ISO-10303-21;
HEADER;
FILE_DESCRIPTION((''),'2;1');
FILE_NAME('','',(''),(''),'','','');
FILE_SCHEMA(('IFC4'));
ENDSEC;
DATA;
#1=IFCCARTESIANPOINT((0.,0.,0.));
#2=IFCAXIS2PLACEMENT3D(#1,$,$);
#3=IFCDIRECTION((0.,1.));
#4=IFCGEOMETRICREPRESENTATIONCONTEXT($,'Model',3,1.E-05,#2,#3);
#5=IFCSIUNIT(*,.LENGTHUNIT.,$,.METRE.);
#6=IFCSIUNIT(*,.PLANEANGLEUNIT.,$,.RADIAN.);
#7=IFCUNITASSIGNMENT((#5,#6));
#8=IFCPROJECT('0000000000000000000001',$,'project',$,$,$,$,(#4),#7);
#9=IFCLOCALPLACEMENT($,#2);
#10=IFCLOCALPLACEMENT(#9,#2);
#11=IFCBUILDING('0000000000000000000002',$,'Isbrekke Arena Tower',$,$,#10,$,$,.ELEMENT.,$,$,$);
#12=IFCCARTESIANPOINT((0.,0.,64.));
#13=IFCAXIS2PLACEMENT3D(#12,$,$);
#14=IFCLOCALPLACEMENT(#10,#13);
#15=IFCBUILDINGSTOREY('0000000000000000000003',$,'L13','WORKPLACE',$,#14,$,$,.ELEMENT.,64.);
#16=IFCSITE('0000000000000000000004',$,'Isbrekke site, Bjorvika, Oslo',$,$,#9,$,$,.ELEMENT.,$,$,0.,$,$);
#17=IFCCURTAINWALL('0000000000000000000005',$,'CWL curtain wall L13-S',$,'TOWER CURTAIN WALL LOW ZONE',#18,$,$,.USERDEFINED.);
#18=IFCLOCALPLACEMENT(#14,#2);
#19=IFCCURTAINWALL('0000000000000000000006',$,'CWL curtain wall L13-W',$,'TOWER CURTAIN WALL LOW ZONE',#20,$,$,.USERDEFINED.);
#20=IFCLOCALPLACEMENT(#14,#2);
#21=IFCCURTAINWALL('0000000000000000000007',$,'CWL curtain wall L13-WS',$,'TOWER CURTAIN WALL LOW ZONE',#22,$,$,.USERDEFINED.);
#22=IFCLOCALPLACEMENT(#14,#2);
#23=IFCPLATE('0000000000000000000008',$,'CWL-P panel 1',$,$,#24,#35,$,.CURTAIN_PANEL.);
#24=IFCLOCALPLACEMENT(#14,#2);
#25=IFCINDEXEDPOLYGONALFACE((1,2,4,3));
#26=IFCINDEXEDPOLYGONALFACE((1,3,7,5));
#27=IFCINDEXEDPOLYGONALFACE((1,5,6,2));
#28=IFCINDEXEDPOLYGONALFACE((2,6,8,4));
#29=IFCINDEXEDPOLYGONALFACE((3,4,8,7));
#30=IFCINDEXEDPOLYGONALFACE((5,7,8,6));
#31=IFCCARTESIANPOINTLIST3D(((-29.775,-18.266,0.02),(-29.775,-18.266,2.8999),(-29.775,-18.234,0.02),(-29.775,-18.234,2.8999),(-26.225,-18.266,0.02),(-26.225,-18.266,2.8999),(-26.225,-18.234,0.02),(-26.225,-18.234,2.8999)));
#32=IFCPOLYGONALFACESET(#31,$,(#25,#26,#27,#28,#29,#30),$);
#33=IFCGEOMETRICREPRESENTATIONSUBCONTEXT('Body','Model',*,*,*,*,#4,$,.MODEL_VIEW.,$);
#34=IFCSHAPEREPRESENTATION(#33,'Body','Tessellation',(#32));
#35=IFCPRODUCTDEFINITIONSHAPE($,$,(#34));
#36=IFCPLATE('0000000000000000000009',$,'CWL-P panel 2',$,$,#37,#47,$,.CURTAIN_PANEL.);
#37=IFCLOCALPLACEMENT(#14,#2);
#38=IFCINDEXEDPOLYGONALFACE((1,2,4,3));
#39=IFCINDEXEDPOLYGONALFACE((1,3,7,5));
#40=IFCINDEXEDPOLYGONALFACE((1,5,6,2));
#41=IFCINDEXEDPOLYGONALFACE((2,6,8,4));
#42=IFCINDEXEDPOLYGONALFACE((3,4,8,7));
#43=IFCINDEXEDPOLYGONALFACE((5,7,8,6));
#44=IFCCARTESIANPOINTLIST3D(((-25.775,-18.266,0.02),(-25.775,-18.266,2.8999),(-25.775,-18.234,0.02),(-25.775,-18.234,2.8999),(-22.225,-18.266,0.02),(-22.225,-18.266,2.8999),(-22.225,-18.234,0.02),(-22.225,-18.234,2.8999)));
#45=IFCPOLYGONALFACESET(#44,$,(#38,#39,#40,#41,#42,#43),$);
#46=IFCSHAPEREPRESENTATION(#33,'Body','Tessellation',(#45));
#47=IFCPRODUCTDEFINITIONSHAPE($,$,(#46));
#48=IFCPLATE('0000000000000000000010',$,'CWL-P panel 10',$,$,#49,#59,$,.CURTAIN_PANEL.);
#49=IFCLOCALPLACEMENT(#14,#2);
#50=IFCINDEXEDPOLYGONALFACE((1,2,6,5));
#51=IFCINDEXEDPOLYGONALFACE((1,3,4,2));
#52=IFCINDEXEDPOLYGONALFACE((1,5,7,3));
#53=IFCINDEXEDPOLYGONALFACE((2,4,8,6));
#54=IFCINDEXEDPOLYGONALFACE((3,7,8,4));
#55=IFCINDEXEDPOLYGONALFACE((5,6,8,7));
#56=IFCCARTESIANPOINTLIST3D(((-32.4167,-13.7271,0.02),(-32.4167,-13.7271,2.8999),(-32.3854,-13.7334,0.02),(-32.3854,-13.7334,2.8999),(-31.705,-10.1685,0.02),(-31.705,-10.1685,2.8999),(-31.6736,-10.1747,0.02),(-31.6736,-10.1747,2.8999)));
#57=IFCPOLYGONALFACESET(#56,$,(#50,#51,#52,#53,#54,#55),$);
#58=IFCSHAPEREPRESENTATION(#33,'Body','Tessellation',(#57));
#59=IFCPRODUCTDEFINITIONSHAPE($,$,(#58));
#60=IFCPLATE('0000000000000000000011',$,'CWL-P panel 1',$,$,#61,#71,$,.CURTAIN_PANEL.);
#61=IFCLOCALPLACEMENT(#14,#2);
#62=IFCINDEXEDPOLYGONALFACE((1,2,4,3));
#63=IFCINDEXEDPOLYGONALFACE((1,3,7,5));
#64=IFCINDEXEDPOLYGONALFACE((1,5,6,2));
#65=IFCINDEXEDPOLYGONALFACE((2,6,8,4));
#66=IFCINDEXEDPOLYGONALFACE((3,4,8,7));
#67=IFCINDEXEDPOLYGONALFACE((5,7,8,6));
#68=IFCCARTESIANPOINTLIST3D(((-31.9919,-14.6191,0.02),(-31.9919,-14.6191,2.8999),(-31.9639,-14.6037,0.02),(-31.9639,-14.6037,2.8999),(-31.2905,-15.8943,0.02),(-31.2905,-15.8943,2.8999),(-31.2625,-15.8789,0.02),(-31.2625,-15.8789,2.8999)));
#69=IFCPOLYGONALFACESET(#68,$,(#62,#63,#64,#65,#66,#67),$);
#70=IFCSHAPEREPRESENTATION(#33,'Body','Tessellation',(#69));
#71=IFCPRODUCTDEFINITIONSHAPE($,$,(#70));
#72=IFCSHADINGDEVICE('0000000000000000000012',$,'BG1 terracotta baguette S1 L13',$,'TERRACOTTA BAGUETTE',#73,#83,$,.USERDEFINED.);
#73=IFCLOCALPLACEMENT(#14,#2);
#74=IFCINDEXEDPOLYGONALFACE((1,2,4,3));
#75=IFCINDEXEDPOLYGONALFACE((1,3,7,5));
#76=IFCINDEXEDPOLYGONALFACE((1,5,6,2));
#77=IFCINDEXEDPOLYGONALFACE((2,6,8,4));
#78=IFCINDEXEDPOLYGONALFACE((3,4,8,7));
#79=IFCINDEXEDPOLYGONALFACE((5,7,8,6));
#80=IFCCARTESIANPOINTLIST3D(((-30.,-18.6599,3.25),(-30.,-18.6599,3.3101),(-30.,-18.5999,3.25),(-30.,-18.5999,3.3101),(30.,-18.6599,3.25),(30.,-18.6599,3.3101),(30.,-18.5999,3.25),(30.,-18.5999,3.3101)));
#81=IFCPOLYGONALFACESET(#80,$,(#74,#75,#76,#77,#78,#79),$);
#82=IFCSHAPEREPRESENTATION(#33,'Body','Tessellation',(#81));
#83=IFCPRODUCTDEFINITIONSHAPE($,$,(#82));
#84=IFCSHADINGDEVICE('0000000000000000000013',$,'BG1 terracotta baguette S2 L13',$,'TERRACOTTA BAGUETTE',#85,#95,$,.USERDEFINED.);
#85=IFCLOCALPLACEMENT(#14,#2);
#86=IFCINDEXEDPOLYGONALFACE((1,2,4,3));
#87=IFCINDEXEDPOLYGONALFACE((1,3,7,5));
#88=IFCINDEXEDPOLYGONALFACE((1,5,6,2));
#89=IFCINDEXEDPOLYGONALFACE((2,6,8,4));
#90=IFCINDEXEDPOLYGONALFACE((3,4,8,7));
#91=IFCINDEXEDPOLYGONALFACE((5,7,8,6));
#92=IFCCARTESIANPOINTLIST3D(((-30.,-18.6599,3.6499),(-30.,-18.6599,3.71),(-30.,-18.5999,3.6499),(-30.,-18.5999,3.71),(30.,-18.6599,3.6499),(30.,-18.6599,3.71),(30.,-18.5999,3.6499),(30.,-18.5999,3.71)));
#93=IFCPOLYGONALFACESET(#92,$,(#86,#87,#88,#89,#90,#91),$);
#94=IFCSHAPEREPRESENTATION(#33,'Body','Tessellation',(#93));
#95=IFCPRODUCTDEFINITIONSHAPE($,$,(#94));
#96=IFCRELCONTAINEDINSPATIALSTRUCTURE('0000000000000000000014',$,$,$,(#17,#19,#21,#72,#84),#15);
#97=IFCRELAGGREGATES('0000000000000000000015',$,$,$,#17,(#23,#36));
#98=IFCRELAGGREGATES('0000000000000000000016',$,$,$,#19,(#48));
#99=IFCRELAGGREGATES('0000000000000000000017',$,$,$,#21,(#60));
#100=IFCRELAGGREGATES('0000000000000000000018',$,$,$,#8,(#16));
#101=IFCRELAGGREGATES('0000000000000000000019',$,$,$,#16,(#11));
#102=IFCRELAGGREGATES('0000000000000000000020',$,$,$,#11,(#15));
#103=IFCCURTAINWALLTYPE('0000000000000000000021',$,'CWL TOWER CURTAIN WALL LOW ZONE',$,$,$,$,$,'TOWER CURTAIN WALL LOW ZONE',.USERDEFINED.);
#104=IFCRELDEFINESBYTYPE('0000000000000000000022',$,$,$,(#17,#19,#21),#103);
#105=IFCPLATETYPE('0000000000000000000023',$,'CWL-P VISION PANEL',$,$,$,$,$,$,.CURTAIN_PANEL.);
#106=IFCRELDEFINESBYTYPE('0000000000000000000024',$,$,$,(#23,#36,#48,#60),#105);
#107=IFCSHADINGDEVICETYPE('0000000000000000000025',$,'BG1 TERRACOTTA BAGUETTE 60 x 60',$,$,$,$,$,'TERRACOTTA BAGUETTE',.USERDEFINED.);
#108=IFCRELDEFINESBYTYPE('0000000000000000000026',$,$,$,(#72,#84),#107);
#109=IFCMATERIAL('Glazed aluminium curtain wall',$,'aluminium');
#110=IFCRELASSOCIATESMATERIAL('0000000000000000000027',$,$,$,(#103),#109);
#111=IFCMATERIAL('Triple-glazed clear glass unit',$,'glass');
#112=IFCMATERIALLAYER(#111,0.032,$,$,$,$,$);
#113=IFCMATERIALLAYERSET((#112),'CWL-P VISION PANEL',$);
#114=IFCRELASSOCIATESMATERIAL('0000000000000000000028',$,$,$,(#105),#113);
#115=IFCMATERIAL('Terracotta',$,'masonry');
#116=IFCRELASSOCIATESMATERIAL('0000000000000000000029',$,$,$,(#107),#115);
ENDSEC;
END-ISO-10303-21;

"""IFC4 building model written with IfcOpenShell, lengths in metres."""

from ifc_helpers import new_model, si_unit, direction, frame, origin, origin_2d, place, context, subcontext, project, spatial, rectangle, extrude, material, layer, layer_set, material_profile, profile_set, type_object, element, aggregate, save


model = new_model("IFC4")

# Units and contexts
model_context = context("Model", 3, precision=1e-05, world=origin(), true_north=direction((0.0, 1.0)))
body_context = subcontext(model_context, "Body", "Model", "MODEL_VIEW")
ifc_project = project(units=[si_unit("LENGTHUNIT", "METRE"), si_unit("PLANEANGLEUNIT", "RADIAN")], contexts=[model_context])

# Site, building, storey
site_placement = place(None, origin())
site = spatial("IfcSite", under=ifc_project, at=site_placement, Name="Isbrekke site, Bjorvika, Oslo", CompositionType="ELEMENT", RefElevation=0.0)
building_placement = place(site_placement, origin())
building = spatial("IfcBuilding", under=site, at=building_placement, Name="Isbrekke Arena Tower", CompositionType="ELEMENT")
storey_placement = place(building_placement, frame((0.0, 0.0, 64.0)))
storey = spatial("IfcBuildingStorey", under=building, at=storey_placement, Name="L13", Description="WORKPLACE", CompositionType="ELEMENT", Elevation=64.0)

# Curtain walls
ifc_material_1 = material(Name="Glazed aluminium curtain wall", Category="aluminium")
curtain_wall_type = type_object("IfcCurtainWallType", Name="CWL TOWER CURTAIN WALL LOW ZONE", ElementType="TOWER CURTAIN WALL LOW ZONE", PredefinedType="USERDEFINED", material=ifc_material_1)
curtain_wall_1_placement = place(storey_placement, origin())
curtain_wall_1 = element("IfcCurtainWall", 1, at=curtain_wall_1_placement, inside=storey, type_object=curtain_wall_type, Name="CWL curtain wall L13-S", ObjectType="TOWER CURTAIN WALL LOW ZONE", PredefinedType="USERDEFINED")
curtain_wall_2_placement = place(storey_placement, origin())
curtain_wall_2 = element("IfcCurtainWall", 2, at=curtain_wall_2_placement, inside=storey, type_object=curtain_wall_type, Name="CWL curtain wall L13-W", ObjectType="TOWER CURTAIN WALL LOW ZONE", PredefinedType="USERDEFINED")
curtain_wall_3_placement = place(storey_placement, origin())
curtain_wall_3 = element("IfcCurtainWall", 3, at=curtain_wall_3_placement, inside=storey, type_object=curtain_wall_type, Name="CWL curtain wall L13-WS", ObjectType="TOWER CURTAIN WALL LOW ZONE", PredefinedType="USERDEFINED")

# Plates
ifc_material_2 = material(Name="Triple-glazed clear glass unit", Category="glass")
ifc_layer = layer(ifc_material_2, 0.032)
ifc_layer_set = layer_set([ifc_layer], Name="CWL-P VISION PANEL")
plate_type = type_object("IfcPlateType", Name="CWL-P VISION PANEL", PredefinedType="CURTAIN_PANEL", material=ifc_layer_set)
plate_1_placement = place(storey_placement, frame((-28.0, -18.25, 0.02), z_axis=(0.0, 0.0, 1.0), x_axis=(1.0, 0.0, 0.0)))
plate_1 = element("IfcPlate", 4, at=plate_1_placement, type_object=plate_type, Name="CWL-P panel 1", PredefinedType="CURTAIN_PANEL", context=body_context, shape_type="SweptSolid", body=[
    extrude(rectangle(XDim=3.55, YDim=0.032, at=origin_2d()), origin(), (0.0, 0.0, 1.0), 2.8799),
])
plate_2_placement = place(storey_placement, frame((-24.0, -18.25, 0.02), z_axis=(0.0, 0.0, 1.0), x_axis=(1.0, 0.0, 0.0)))
plate_2 = element("IfcPlate", 5, at=plate_2_placement, type_object=plate_type, Name="CWL-P panel 2", PredefinedType="CURTAIN_PANEL", context=body_context, shape_type="SweptSolid", body=[
    extrude(rectangle(XDim=3.55, YDim=0.032, at=origin_2d()), origin(), (0.0, 0.0, 1.0), 2.8799),
])
aggregate(curtain_wall_1, [plate_1, plate_2])
plate_3_placement = place(storey_placement, frame((-32.0452, -11.9509, 0.02), z_axis=(0.0, 0.0, 1.0), x_axis=(-0.196116, -0.980581, 0.0)))
plate_3 = element("IfcPlate", 6, at=plate_3_placement, type_object=plate_type, Name="CWL-P panel 10", PredefinedType="CURTAIN_PANEL", context=body_context, shape_type="SweptSolid", body=[
    extrude(rectangle(XDim=3.6292, YDim=0.032, at=origin_2d()), origin(), (0.0, 0.0, 1.0), 2.8799),
])
aggregate(curtain_wall_2, [plate_3])
plate_4_placement = place(storey_placement, frame((-31.6272, -15.249, 0.02), z_axis=(0.0, 0.0, 1.0), x_axis=(0.481919, -0.876216, 0.0)))
plate_4 = element("IfcPlate", 7, at=plate_4_placement, type_object=plate_type, Name="CWL-P panel 1", PredefinedType="CURTAIN_PANEL", context=body_context, shape_type="SweptSolid", body=[
    extrude(rectangle(XDim=1.4553, YDim=0.032, at=origin_2d()), origin(), (0.0, 0.0, 1.0), 2.8799),
])
aggregate(curtain_wall_3, [plate_4])

# Shading devices
ifc_material_3 = material(Name="Terracotta", Category="masonry")
ifc_material_profile_1 = material_profile(ifc_material_3, rectangle(XDim=0.0601, YDim=0.0601, at=origin_2d()), Name="BAGUETTE 60X60")
ifc_profile_set_1 = profile_set([ifc_material_profile_1], Name="Terracotta")
shading_device_type = type_object("IfcShadingDeviceType", Name="BG1 TERRACOTTA BAGUETTE 60 x 60", ElementType="TERRACOTTA BAGUETTE", PredefinedType="USERDEFINED", material=ifc_profile_set_1)
for number, where, z_axis, x_axis, name in (
    (8, (-30.0, -18.6299, 3.28), (1.0, 0.0, 0.0), (0.0, 1.0, 0.0), "BG1 terracotta baguette S1 L13"),
    (9, (-30.0, -18.6299, 3.6799), (1.0, 0.0, 0.0), (0.0, 1.0, 0.0), "BG1 terracotta baguette S2 L13"),
):
    element("IfcShadingDevice", number, at=place(storey_placement, frame(where, z_axis=z_axis, x_axis=x_axis)), inside=storey, type_object=shading_device_type, Name=name, ObjectType="TERRACOTTA BAGUETTE", PredefinedType="USERDEFINED", context=body_context, shape_type="SweptSolid", body=[
        extrude(rectangle(XDim=0.0601, YDim=0.0601, at=origin_2d()), origin(), (0.0, 0.0, 1.0), 60.0),
    ])

save(model, "model.ifc")
